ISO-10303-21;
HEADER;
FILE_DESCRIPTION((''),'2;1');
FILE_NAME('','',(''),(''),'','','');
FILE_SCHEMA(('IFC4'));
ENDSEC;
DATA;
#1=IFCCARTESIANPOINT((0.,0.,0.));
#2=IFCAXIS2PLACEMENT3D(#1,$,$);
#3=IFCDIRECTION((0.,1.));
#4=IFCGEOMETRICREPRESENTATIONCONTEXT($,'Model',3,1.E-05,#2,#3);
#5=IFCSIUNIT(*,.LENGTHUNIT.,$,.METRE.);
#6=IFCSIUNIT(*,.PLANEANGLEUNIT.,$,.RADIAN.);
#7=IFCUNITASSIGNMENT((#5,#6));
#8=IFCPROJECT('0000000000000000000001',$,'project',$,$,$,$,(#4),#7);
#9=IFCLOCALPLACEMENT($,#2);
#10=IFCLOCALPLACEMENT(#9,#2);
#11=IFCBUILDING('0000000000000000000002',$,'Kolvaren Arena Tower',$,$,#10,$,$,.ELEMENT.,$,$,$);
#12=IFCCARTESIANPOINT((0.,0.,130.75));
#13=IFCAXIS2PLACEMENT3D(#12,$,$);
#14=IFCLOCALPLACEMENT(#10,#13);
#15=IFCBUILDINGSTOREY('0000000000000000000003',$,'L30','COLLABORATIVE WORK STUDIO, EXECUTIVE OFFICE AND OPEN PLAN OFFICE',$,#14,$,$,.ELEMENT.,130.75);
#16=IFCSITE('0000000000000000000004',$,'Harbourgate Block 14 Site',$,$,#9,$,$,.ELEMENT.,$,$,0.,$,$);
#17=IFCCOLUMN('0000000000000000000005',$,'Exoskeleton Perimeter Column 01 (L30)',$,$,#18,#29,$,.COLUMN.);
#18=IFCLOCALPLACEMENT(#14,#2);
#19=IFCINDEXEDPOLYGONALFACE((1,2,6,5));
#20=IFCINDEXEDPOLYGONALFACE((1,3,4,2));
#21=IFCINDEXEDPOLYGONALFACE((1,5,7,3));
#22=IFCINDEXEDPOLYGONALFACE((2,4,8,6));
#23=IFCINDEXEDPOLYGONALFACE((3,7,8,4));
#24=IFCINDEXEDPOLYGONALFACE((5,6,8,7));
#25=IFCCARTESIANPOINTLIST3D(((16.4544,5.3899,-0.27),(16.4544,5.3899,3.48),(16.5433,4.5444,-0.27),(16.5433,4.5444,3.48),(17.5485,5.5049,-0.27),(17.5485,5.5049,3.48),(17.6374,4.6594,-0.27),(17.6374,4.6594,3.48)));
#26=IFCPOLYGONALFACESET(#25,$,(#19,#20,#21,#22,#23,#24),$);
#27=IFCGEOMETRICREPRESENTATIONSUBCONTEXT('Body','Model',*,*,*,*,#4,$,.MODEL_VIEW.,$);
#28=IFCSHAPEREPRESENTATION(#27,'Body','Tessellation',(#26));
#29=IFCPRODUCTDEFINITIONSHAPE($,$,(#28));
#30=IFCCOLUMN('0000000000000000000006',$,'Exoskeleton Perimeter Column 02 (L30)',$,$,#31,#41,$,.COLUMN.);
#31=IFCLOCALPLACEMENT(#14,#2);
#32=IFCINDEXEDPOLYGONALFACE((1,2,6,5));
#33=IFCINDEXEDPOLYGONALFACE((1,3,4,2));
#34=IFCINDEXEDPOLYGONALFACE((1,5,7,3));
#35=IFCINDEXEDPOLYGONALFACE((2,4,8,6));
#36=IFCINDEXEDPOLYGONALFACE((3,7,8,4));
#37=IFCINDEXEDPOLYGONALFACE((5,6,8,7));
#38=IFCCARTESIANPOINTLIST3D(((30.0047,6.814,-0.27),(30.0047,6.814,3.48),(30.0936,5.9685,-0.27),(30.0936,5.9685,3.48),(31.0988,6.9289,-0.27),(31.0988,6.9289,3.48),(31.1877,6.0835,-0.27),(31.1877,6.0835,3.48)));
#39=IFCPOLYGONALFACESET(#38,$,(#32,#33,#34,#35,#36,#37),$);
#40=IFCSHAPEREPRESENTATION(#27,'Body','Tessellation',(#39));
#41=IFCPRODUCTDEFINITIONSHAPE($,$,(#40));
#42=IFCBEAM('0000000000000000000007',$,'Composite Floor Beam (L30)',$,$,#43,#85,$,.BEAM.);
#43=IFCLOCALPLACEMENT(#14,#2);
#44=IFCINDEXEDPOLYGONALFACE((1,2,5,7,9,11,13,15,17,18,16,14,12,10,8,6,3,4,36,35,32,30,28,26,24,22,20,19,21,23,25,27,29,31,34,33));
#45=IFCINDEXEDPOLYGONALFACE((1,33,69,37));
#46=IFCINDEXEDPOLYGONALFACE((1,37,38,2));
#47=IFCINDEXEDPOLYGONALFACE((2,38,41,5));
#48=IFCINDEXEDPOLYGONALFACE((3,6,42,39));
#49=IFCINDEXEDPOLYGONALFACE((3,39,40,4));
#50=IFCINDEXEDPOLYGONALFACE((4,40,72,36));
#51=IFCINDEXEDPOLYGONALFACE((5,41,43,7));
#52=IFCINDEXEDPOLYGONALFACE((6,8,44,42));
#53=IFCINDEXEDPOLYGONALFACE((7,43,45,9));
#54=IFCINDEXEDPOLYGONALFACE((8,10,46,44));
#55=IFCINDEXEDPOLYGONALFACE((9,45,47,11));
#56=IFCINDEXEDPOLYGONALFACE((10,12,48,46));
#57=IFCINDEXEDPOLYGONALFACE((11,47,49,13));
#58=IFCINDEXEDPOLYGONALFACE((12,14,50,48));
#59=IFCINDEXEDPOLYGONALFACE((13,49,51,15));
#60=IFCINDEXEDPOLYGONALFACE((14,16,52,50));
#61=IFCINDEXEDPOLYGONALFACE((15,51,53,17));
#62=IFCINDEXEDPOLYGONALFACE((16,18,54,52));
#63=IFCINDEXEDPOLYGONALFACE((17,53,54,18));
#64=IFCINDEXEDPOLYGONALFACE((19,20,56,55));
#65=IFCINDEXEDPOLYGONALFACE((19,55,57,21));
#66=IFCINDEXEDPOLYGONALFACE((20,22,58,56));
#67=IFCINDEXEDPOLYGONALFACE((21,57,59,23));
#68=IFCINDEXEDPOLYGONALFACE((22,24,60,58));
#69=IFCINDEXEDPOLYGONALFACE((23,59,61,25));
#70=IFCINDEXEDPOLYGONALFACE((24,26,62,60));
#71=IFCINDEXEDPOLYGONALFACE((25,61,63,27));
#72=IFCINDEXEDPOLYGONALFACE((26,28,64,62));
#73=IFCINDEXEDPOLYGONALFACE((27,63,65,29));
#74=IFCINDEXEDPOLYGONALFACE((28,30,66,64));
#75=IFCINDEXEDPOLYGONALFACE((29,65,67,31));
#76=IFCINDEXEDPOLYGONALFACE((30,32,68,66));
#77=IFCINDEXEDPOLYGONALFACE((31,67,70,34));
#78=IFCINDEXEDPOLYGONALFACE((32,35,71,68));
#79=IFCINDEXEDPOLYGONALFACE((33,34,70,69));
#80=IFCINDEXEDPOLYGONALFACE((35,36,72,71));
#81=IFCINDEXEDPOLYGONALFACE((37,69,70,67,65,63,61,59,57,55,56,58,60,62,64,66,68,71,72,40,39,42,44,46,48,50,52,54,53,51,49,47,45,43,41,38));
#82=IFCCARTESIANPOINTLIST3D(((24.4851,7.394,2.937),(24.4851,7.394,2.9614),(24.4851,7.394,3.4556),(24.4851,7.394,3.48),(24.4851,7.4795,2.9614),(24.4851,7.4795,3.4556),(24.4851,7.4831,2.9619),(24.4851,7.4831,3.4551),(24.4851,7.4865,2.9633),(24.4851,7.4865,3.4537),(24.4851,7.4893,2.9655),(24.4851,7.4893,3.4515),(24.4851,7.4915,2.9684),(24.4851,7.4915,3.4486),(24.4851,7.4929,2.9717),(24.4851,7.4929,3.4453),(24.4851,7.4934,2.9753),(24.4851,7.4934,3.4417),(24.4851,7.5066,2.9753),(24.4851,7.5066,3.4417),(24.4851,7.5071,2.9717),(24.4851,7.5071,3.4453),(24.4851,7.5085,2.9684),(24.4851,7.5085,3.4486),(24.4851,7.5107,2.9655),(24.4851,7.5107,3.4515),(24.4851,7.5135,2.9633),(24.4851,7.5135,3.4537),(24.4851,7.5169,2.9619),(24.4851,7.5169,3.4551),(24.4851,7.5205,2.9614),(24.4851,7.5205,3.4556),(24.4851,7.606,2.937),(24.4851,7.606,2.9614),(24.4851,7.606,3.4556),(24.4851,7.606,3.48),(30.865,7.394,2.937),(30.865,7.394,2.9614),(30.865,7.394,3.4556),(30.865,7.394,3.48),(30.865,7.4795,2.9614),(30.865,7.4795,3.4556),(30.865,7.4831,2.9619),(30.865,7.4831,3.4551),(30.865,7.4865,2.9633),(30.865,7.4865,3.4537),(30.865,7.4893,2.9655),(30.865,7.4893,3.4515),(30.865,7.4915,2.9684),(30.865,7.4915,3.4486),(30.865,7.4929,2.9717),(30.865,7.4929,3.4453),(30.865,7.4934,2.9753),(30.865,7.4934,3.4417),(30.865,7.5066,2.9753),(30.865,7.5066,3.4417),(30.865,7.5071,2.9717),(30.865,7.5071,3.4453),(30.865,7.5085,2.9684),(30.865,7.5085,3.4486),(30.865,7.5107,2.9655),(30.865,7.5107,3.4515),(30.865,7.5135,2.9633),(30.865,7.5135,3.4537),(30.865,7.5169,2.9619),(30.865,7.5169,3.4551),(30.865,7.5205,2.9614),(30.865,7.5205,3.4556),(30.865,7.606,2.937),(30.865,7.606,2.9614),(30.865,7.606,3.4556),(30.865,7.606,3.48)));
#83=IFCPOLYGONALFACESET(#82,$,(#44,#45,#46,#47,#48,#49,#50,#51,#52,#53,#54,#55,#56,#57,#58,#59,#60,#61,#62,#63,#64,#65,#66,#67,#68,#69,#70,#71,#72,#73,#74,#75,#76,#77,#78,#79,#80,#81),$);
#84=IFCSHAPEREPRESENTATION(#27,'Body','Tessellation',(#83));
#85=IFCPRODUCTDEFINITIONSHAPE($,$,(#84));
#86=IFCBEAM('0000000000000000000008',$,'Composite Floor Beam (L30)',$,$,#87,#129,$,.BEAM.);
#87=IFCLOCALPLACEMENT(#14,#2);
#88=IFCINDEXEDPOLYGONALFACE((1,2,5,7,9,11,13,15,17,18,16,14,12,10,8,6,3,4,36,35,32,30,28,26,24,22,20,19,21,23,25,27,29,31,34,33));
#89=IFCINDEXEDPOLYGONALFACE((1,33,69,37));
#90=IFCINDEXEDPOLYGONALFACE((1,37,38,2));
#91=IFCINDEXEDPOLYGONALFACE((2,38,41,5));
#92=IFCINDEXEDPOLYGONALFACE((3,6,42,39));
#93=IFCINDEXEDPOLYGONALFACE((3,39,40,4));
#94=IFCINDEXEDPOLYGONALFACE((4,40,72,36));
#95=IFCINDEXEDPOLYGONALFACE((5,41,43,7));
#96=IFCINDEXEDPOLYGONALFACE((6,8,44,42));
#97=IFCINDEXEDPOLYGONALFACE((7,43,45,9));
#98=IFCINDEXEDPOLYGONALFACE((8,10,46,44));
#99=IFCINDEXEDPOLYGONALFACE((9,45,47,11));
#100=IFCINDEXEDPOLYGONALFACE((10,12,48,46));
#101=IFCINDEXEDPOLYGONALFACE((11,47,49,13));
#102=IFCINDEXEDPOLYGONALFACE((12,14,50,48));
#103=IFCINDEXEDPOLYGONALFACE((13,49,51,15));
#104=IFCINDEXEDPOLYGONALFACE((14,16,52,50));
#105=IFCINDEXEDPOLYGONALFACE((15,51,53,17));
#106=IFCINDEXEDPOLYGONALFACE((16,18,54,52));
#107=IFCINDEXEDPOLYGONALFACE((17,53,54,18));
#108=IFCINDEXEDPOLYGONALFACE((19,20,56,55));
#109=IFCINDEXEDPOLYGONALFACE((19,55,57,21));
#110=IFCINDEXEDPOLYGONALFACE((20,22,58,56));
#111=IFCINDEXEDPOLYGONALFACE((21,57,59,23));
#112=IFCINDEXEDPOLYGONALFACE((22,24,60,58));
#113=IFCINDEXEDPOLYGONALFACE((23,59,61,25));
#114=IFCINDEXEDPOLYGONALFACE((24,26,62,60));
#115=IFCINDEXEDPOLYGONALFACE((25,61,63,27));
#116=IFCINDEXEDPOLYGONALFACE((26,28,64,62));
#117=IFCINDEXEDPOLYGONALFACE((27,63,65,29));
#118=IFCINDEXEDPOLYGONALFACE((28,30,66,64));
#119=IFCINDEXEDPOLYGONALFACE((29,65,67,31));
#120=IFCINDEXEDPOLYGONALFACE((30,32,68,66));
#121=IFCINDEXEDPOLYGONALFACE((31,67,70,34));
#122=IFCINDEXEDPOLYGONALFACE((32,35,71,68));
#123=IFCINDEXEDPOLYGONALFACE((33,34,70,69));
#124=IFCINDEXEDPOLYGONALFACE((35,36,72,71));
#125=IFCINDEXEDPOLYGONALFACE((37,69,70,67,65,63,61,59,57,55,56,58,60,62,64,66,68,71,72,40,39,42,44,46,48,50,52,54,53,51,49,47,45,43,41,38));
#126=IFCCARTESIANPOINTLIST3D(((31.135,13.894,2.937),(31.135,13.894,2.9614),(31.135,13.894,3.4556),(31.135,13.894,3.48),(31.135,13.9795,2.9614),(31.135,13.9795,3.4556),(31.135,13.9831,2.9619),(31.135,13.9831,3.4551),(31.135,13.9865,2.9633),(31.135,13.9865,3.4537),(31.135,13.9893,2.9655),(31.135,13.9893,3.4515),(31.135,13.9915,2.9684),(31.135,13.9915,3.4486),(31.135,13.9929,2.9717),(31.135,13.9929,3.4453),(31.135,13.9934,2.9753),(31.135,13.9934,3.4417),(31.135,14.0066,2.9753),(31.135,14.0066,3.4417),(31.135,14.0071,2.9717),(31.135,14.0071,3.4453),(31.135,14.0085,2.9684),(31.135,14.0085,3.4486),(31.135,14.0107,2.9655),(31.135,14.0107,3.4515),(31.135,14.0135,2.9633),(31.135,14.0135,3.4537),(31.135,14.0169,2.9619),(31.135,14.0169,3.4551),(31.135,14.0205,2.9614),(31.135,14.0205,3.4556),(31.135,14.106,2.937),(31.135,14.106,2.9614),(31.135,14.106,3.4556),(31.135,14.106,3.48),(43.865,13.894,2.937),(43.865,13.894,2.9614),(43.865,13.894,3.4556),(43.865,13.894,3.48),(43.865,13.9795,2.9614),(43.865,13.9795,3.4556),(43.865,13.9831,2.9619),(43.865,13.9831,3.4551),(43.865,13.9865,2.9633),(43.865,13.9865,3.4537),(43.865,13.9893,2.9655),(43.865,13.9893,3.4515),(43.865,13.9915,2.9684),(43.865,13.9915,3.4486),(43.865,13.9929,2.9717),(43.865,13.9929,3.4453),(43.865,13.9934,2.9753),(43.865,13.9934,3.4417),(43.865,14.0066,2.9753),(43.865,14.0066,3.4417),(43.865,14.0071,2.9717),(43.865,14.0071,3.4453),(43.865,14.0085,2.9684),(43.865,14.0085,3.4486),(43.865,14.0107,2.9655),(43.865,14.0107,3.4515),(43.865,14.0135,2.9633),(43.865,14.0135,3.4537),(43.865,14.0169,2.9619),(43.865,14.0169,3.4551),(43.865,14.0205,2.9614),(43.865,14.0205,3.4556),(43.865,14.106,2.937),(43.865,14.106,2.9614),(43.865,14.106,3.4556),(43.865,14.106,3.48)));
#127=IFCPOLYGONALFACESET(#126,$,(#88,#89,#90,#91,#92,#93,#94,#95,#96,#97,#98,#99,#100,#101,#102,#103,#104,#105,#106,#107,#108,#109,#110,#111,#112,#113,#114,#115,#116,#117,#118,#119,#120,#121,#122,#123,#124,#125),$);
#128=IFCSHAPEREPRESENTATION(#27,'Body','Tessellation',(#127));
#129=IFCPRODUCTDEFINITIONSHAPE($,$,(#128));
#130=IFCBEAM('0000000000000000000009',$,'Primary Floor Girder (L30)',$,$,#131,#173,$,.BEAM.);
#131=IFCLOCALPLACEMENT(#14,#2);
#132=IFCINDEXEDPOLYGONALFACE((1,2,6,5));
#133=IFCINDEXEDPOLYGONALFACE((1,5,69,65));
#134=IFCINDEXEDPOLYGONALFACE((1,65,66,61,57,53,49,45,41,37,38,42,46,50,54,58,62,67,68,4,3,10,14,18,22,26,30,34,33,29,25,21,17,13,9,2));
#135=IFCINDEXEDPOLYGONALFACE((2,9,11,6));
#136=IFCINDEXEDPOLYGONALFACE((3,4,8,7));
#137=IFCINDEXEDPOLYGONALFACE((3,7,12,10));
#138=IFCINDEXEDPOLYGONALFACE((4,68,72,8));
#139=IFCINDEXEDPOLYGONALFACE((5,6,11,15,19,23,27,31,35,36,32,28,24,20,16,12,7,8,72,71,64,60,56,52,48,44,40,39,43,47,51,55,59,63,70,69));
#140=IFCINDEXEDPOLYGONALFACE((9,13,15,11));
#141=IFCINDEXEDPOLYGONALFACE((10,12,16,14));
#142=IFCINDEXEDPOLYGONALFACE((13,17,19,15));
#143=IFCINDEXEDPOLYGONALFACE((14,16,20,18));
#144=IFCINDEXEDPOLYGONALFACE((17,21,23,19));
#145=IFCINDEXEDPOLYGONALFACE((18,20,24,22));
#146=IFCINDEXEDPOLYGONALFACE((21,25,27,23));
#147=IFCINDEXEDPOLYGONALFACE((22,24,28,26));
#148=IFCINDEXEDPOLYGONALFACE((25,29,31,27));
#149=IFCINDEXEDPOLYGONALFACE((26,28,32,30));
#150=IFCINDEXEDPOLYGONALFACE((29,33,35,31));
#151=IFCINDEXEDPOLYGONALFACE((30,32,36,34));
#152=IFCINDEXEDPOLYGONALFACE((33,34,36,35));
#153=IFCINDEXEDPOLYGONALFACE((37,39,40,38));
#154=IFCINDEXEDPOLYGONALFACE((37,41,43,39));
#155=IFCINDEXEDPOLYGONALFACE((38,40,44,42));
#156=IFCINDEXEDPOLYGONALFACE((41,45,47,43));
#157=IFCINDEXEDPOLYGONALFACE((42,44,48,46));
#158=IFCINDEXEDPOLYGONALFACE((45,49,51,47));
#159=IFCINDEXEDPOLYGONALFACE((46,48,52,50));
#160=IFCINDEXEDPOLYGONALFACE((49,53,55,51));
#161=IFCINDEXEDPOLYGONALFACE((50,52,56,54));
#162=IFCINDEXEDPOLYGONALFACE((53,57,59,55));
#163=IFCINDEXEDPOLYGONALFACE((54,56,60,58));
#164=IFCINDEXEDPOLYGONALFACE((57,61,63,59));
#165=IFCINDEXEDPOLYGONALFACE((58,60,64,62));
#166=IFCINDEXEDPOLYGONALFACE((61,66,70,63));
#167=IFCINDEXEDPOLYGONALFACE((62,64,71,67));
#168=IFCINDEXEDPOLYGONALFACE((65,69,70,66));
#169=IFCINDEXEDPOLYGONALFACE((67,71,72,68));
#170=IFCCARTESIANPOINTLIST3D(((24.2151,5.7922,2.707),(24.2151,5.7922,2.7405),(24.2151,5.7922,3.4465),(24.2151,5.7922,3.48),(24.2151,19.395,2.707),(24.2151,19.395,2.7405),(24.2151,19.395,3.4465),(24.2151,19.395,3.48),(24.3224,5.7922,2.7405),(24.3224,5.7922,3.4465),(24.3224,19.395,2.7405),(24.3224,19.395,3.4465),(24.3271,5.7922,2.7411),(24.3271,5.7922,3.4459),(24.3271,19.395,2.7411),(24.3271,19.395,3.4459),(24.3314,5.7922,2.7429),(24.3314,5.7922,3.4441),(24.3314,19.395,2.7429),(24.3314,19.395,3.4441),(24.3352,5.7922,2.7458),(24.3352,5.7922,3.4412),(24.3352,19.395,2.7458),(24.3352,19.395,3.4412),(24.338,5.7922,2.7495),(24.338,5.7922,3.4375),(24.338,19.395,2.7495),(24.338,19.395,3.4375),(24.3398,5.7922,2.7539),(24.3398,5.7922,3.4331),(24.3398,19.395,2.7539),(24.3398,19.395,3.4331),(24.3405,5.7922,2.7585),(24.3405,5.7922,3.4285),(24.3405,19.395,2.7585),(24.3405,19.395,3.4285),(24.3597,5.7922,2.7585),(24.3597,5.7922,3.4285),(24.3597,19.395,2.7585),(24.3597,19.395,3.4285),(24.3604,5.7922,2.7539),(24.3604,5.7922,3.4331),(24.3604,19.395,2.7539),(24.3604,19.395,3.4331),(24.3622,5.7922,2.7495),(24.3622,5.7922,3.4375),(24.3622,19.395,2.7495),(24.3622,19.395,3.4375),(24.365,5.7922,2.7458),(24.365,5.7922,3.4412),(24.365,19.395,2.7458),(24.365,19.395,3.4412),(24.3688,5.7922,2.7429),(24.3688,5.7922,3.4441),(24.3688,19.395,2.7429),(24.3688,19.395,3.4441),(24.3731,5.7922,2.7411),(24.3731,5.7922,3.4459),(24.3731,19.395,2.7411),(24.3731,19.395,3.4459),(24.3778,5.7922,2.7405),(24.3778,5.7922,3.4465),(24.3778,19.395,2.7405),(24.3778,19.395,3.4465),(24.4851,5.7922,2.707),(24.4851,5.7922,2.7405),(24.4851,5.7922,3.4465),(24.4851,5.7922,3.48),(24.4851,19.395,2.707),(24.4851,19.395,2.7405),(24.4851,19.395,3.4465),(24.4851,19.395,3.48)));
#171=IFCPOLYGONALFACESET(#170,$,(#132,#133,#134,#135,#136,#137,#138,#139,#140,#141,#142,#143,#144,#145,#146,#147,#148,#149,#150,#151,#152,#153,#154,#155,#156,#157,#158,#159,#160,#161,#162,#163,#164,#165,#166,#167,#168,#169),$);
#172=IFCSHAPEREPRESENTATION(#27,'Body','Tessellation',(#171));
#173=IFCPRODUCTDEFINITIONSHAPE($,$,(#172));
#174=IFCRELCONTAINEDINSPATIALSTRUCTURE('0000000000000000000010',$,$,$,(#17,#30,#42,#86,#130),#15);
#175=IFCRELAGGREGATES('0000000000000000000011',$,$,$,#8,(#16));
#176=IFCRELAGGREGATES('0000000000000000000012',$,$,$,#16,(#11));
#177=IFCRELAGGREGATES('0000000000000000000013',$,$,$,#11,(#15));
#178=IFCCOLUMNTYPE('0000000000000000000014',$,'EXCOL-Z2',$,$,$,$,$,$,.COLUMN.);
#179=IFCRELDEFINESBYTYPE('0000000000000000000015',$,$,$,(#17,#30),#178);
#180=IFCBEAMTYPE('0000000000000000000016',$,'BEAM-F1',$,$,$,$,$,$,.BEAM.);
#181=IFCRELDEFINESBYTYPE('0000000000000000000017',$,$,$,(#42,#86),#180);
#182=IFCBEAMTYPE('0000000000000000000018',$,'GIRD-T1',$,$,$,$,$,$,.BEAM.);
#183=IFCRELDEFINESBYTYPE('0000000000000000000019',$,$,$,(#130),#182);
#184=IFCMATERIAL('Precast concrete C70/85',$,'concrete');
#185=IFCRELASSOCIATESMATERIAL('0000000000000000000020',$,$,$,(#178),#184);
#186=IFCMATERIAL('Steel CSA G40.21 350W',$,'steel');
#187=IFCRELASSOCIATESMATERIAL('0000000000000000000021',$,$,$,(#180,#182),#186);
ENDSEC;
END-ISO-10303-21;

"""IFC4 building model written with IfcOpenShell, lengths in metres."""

from ifc_helpers import new_model, si_unit, direction, frame, origin, origin_2d, place, context, subcontext, project, spatial, rectangle, i_section, extrude, material, material_profile, profile_set, type_object, element, save


model = new_model("IFC4")

# Units and contexts
model_context = context("Model", 3, precision=1e-05, world=origin(), true_north=direction((0.0, 1.0)))
body_context = subcontext(model_context, "Body", "Model", "MODEL_VIEW")
ifc_project = project(units=[si_unit("LENGTHUNIT", "METRE"), si_unit("PLANEANGLEUNIT", "RADIAN")], contexts=[model_context])

# Site, building, storey
site_placement = place(None, origin())
site = spatial("IfcSite", under=ifc_project, at=site_placement, Name="Harbourgate Block 14 Site", CompositionType="ELEMENT", RefElevation=0.0)
building_placement = place(site_placement, origin())
building = spatial("IfcBuilding", under=site, at=building_placement, Name="Kolvaren Arena Tower", CompositionType="ELEMENT")
storey_placement = place(building_placement, frame((0.0, 0.0, 130.75)))
storey = spatial("IfcBuildingStorey", under=building, at=storey_placement, Name="L30", Description="COLLABORATIVE WORK STUDIO, EXECUTIVE OFFICE AND OPEN PLAN OFFICE", CompositionType="ELEMENT", Elevation=130.75)

# Columns
ifc_material_1 = material(Name="Precast concrete C70/85", Category="concrete")
ifc_material_profile_1 = material_profile(ifc_material_1, rectangle(XDim=1.1001, YDim=0.8501, at=origin_2d()), Name="RC-1100x850")
ifc_profile_set_1 = profile_set([ifc_material_profile_1], Name="Precast concrete C70/85")
column_type = type_object("IfcColumnType", Name="EXCOL-Z2", PredefinedType="COLUMN", material=ifc_profile_set_1)
for number, where, z_axis, x_axis, name in (
    (1, (17.0459, 5.0247, -0.27), (0.0, 0.0, 1.0), (0.994522, 0.104528, 0.0), "Exoskeleton Perimeter Column 01 (L30)"),
    (2, (30.5962, 6.4487, -0.27), (0.0, 0.0, 1.0), (0.994522, 0.104528, 0.0), "Exoskeleton Perimeter Column 02 (L30)"),
):
    element("IfcColumn", number, at=place(storey_placement, frame(where, z_axis=z_axis, x_axis=x_axis)), inside=storey, type_object=column_type, Name=name, PredefinedType="COLUMN", context=body_context, shape_type="SweptSolid", body=[
        extrude(rectangle(XDim=1.1001, YDim=0.8501, at=origin_2d()), origin(), (0.0, 0.0, 1.0), 3.75),
    ])

# Beams
ifc_material_2 = material(Name="Steel CSA G40.21 350W", Category="steel")
ifc_material_profile_2 = material_profile(ifc_material_2, i_section(OverallWidth=0.2119, OverallDepth=0.543, WebThickness=0.0132, FlangeThickness=0.0244, FilletRadius=0.0139, at=origin_2d()), Name="W530x150")
ifc_profile_set_2 = profile_set([ifc_material_profile_2], Name="Steel CSA G40.21 350W")
beam_type_1 = type_object("IfcBeamType", Name="BEAM-F1", PredefinedType="BEAM", material=ifc_profile_set_2)
beam_1_placement = place(storey_placement, frame((24.4851, 7.5, 3.2085), z_axis=(1.0, 0.0, 0.0), x_axis=(0.0, 1.0, 0.0)))
element("IfcBeam", 3, at=beam_1_placement, inside=storey, type_object=beam_type_1, Name="Composite Floor Beam (L30)", PredefinedType="BEAM", context=body_context, shape_type="SweptSolid", body=[
    extrude(i_section(OverallWidth=0.2119, OverallDepth=0.543, WebThickness=0.0132, FlangeThickness=0.0244, FilletRadius=0.0139, at=origin_2d()), origin(), (0.0, 0.0, 1.0), 6.3799),
])
beam_2_placement = place(storey_placement, frame((31.135, 14.0, 3.2085), z_axis=(1.0, 0.0, 0.0), x_axis=(0.0, 1.0, 0.0)))
element("IfcBeam", 4, at=beam_2_placement, inside=storey, type_object=beam_type_1, Name="Composite Floor Beam (L30)", PredefinedType="BEAM", context=body_context, shape_type="SweptSolid", body=[
    extrude(i_section(OverallWidth=0.2119, OverallDepth=0.543, WebThickness=0.0132, FlangeThickness=0.0244, FilletRadius=0.0139, at=origin_2d()), origin(), (0.0, 0.0, 1.0), 12.73),
])
ifc_material_profile_3 = material_profile(ifc_material_2, i_section(OverallWidth=0.27, OverallDepth=0.7729, WebThickness=0.0193, FlangeThickness=0.0334, FilletRadius=0.0181, at=origin_2d()), Name="W760x257")
ifc_profile_set_3 = profile_set([ifc_material_profile_3], Name="Steel CSA G40.21 350W")
beam_type_2 = type_object("IfcBeamType", Name="GIRD-T1", PredefinedType="BEAM", material=ifc_profile_set_3)
beam_3_placement = place(storey_placement, frame((24.3501, 5.7922, 3.0935), z_axis=(0.0, 1.0, 0.0), x_axis=(-1.0, 0.0, 0.0)))
element("IfcBeam", 5, at=beam_3_placement, inside=storey, type_object=beam_type_2, Name="Primary Floor Girder (L30)", PredefinedType="BEAM", context=body_context, shape_type="SweptSolid", body=[
    extrude(i_section(OverallWidth=0.27, OverallDepth=0.7729, WebThickness=0.0193, FlangeThickness=0.0334, FilletRadius=0.0181, at=origin_2d()), origin(), (0.0, 0.0, 1.0), 13.6028),
])

save(model, "model.ifc")
